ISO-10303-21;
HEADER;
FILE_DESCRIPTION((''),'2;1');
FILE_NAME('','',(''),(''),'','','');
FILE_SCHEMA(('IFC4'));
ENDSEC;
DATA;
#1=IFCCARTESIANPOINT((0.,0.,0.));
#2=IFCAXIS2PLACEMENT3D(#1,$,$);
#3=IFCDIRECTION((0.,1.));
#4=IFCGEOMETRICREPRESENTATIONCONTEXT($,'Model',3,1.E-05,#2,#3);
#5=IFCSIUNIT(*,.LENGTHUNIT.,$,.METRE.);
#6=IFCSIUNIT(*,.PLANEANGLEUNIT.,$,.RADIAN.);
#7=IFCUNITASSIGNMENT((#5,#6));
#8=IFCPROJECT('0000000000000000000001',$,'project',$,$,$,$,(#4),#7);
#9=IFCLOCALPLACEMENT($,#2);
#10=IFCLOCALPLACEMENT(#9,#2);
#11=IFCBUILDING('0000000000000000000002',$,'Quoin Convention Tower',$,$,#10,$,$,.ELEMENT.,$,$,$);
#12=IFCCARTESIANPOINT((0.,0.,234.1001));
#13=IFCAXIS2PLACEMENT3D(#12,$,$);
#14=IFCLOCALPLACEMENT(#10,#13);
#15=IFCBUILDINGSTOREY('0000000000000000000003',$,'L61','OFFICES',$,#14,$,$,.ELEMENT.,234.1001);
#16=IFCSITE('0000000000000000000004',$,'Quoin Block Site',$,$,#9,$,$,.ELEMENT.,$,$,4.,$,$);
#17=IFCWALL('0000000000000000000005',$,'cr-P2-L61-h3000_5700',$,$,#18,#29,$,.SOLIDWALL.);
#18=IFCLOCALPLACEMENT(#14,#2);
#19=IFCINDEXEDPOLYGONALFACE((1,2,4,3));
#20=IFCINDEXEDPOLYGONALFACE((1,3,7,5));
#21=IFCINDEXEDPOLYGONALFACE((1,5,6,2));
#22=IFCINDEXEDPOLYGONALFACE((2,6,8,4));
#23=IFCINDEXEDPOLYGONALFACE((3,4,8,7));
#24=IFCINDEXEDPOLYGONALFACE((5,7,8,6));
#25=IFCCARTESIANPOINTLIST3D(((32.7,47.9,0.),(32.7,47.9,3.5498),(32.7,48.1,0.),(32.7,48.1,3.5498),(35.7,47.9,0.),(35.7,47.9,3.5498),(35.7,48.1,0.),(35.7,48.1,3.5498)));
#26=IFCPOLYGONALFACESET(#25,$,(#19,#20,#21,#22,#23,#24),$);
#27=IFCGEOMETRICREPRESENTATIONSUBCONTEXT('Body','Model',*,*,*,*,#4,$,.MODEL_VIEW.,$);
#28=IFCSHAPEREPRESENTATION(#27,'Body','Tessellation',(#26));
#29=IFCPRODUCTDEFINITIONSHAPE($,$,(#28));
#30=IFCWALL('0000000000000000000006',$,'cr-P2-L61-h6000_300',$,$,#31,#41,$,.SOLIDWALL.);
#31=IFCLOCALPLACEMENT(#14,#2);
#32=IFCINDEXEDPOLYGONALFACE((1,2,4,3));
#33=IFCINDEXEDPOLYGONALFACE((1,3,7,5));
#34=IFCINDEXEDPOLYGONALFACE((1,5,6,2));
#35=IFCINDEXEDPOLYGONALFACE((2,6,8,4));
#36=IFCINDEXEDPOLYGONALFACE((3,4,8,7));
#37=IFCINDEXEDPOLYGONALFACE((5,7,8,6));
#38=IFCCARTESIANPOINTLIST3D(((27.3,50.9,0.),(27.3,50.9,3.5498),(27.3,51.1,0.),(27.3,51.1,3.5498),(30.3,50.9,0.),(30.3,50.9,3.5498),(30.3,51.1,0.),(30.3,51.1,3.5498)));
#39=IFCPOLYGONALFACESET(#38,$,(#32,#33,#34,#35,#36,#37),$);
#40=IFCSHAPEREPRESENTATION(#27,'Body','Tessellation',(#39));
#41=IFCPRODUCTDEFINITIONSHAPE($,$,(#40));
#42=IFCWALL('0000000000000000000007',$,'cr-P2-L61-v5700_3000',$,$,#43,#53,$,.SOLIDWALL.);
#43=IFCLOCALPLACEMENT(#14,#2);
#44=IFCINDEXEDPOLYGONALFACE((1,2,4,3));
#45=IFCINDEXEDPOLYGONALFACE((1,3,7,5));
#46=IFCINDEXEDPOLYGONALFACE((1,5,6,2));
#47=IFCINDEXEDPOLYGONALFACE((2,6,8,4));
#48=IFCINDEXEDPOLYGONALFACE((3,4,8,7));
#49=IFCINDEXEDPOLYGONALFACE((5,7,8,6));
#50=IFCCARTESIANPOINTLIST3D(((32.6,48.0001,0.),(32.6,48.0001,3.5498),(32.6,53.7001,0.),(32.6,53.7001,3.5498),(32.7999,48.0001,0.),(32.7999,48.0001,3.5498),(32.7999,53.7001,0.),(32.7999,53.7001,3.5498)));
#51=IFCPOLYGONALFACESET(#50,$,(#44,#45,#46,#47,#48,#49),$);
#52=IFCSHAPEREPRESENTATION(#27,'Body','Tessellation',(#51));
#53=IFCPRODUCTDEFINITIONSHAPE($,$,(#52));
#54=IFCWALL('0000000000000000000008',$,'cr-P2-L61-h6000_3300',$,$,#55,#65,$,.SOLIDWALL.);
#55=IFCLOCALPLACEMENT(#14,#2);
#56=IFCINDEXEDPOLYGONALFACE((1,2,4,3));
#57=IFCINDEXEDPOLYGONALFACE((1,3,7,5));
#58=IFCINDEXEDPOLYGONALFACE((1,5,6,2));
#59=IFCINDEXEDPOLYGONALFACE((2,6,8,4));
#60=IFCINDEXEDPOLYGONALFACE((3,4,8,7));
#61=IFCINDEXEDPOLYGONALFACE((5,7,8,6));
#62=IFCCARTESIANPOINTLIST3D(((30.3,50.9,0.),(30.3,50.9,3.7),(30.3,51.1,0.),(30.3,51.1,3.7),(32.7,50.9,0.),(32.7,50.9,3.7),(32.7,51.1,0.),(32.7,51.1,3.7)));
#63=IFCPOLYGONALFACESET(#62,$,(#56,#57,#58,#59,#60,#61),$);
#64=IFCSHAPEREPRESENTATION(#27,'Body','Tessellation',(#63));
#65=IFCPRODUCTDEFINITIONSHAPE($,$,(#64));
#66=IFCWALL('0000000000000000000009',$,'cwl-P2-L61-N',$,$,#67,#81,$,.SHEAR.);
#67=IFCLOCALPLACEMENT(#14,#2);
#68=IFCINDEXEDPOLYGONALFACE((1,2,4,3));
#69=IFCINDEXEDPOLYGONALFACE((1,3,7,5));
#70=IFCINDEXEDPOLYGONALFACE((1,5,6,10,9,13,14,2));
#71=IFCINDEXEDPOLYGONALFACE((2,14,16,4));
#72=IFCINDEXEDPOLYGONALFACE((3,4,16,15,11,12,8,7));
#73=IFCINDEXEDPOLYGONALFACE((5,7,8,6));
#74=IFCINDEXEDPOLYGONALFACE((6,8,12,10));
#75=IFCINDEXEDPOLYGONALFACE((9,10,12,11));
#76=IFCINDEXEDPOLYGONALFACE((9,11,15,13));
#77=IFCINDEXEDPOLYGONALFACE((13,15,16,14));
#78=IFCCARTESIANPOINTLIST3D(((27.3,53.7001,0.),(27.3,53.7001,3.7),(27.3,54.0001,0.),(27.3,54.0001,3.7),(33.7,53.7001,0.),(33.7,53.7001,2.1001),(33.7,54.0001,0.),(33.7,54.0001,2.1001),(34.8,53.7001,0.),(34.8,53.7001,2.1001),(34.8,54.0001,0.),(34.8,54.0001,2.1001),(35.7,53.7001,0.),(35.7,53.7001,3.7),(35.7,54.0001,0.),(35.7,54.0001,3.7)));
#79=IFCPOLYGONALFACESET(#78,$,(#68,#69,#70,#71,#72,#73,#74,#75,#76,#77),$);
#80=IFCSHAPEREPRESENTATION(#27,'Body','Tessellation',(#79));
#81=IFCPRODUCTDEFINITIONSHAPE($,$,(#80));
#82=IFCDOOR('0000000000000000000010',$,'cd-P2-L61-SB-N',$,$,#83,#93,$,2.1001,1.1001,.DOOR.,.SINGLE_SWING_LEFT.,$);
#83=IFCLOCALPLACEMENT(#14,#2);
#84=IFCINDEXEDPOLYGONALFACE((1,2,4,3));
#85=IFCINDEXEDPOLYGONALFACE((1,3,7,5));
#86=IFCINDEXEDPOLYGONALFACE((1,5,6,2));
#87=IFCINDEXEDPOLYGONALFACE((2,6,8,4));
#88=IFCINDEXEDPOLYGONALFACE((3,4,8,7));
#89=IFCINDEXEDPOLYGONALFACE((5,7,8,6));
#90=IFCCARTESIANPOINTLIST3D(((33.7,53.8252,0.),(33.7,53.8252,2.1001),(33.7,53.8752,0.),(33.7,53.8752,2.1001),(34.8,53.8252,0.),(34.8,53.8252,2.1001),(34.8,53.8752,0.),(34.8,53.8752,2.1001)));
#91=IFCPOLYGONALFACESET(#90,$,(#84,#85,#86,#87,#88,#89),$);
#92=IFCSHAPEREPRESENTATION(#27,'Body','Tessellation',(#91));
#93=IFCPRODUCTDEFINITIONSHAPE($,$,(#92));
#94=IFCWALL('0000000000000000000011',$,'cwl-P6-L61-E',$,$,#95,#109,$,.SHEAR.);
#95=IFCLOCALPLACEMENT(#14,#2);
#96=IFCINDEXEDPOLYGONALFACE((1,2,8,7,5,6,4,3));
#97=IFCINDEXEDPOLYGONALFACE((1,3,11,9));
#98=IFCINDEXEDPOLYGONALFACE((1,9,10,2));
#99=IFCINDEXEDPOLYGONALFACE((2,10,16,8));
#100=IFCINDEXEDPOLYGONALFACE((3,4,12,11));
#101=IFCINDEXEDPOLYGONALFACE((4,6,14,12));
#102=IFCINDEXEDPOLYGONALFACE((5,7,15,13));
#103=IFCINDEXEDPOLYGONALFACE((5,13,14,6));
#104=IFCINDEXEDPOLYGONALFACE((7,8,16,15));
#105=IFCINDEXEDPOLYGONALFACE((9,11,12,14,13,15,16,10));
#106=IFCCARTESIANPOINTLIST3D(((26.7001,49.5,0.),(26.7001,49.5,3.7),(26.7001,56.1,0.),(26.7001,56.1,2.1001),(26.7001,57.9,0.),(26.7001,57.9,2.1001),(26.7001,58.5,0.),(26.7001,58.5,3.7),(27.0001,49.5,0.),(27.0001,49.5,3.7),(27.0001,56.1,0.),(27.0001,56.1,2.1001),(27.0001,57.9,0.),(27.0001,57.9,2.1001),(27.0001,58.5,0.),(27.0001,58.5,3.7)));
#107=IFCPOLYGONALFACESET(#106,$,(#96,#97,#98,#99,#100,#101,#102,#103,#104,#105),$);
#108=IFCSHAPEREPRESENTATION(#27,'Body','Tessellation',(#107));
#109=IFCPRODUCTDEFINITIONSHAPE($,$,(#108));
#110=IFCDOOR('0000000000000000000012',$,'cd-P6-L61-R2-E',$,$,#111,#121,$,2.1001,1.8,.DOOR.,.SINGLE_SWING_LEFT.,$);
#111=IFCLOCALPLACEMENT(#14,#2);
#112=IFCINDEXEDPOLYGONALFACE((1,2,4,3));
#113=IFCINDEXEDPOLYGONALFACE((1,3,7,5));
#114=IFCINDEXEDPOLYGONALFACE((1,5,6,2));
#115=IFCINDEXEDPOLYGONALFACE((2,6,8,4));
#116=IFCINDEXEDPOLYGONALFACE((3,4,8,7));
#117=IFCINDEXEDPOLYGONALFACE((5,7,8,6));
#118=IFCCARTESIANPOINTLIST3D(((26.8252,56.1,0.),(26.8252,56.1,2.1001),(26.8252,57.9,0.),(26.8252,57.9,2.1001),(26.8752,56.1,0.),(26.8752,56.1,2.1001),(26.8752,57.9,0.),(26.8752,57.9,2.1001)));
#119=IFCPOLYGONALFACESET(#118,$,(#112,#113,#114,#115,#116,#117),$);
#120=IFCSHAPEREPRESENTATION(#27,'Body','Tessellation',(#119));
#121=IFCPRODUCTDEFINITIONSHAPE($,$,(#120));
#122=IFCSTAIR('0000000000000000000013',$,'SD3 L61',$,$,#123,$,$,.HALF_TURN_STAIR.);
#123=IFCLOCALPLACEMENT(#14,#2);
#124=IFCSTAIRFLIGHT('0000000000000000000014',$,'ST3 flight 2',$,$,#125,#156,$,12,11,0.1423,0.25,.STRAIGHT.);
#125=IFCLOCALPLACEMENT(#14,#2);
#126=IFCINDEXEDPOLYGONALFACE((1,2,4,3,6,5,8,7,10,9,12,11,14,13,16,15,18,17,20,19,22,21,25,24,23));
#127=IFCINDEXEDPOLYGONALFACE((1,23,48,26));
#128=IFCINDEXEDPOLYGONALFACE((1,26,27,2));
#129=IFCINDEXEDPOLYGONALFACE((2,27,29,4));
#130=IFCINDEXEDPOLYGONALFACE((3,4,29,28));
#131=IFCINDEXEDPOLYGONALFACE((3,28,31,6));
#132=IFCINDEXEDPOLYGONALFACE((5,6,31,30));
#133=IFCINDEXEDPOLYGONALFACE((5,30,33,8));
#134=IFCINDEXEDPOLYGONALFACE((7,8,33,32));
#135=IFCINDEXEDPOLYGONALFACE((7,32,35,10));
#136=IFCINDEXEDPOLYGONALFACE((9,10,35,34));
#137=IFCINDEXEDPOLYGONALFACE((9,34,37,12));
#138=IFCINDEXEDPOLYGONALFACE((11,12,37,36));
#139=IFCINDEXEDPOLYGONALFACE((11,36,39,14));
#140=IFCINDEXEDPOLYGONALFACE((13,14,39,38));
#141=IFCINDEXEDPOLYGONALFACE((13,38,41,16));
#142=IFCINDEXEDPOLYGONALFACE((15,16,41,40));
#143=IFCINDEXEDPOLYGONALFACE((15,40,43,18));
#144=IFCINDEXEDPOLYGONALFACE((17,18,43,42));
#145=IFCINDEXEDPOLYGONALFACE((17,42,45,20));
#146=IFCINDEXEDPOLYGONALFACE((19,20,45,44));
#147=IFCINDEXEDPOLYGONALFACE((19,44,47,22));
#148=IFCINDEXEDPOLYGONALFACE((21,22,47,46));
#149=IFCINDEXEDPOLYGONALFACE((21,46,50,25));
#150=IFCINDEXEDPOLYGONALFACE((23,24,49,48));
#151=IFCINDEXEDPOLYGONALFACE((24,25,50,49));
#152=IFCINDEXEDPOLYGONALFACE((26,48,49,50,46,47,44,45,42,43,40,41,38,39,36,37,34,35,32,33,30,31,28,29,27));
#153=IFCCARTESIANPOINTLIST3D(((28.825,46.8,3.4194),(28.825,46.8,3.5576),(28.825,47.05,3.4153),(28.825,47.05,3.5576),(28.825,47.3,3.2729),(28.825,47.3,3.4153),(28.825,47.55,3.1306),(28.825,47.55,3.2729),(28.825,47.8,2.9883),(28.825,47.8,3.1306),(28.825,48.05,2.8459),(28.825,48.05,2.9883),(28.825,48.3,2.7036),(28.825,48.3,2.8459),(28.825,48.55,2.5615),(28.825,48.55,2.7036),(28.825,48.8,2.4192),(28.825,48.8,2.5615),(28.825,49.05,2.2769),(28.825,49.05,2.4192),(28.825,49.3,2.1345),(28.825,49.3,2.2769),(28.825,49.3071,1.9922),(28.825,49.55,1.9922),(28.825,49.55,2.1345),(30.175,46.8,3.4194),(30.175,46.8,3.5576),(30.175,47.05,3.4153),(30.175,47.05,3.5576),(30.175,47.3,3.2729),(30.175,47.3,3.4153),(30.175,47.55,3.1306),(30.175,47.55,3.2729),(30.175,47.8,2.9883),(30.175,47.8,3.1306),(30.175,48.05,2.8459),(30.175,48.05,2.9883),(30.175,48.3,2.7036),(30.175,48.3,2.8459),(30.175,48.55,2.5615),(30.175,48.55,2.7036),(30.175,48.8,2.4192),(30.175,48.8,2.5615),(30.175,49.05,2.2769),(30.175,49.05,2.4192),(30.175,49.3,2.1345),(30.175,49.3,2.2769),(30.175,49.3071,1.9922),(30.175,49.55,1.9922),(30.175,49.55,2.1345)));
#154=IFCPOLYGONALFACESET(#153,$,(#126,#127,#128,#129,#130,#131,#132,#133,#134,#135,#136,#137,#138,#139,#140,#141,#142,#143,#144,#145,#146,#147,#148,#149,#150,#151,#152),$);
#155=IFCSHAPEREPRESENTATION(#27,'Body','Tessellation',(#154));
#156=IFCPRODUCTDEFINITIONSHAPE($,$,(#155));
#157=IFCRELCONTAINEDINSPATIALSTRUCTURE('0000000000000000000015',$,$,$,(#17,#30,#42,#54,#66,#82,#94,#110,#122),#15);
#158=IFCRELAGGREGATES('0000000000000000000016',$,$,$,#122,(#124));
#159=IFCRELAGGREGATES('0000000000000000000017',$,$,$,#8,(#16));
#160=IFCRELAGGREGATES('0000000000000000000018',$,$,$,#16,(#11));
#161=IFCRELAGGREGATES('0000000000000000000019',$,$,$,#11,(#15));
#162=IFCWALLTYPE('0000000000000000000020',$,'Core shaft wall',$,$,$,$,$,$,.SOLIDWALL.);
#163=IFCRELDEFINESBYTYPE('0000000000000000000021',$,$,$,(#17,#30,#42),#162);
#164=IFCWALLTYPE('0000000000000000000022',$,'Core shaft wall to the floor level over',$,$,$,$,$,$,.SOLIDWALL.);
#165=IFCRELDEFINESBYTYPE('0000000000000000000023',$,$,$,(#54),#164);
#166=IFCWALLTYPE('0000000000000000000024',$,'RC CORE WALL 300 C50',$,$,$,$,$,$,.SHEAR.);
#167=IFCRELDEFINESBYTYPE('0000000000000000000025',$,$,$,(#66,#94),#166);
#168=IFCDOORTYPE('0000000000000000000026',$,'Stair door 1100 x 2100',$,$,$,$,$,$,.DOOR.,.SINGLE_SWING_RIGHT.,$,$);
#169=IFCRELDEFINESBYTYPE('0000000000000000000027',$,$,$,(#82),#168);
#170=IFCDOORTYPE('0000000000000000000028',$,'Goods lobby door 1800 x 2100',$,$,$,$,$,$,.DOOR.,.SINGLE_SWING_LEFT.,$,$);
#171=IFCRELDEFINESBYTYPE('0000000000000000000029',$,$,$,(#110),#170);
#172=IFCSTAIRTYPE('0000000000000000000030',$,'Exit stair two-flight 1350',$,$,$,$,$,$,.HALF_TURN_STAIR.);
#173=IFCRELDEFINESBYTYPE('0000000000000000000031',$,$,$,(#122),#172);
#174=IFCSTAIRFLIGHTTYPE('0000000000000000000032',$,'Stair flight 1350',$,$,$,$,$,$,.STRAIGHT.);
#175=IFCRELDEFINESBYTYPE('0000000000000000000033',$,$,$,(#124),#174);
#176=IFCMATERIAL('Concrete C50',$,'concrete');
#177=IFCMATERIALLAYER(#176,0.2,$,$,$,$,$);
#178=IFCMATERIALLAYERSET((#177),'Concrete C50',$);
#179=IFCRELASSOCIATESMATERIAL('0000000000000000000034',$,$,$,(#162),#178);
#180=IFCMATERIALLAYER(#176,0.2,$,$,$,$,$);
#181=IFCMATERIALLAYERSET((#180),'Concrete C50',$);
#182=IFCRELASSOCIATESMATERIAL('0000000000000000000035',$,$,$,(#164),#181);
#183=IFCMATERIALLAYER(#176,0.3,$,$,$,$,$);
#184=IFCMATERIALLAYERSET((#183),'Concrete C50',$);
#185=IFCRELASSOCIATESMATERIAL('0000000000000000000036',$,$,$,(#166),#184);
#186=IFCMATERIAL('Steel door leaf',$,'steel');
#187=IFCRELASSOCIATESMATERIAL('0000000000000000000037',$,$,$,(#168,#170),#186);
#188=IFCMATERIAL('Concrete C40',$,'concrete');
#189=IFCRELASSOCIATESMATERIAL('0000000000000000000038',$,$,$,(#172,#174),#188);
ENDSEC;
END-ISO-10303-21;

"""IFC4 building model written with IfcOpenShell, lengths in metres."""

from ifc_helpers import new_model, si_unit, direction, frame, frame_2d, origin, place, context, subcontext, project, spatial, polyline, rectangle, outline, extrude, material, layer, layer_set, type_object, element, fill, aggregate, save


model = new_model("IFC4")

# Units and contexts
model_context = context("Model", 3, precision=1e-05, world=origin(), true_north=direction((0.0, 1.0)))
body_context = subcontext(model_context, "Body", "Model", "MODEL_VIEW")
ifc_project = project(units=[si_unit("LENGTHUNIT", "METRE"), si_unit("PLANEANGLEUNIT", "RADIAN")], contexts=[model_context])

# Site, building, storey
site_placement = place(None, origin())
site = spatial("IfcSite", under=ifc_project, at=site_placement, Name="Quoin Block Site", CompositionType="ELEMENT", RefElevation=4.0)
building_placement = place(site_placement, origin())
building = spatial("IfcBuilding", under=site, at=building_placement, Name="Quoin Convention Tower", CompositionType="ELEMENT")
storey_placement = place(building_placement, frame((0.0, 0.0, 234.1001)))
storey = spatial("IfcBuildingStorey", under=building, at=storey_placement, Name="L61", Description="OFFICES", CompositionType="ELEMENT", Elevation=234.1001)

# Shared definitions
ifc_material_1 = material(Name="Concrete C50", Category="concrete")

# Walls
ifc_layer_1 = layer(ifc_material_1, 0.2)
ifc_layer_set_1 = layer_set([ifc_layer_1], Name="Concrete C50")
wall_type_1 = type_object("IfcWallType", Name="Core shaft wall", PredefinedType="SOLIDWALL", material=ifc_layer_set_1)
for number, where, z_axis, x_axis, name in (
    (1, (32.7, 48.0, 0.0), (0.0, 0.0, 1.0), (1.0, 0.0, 0.0), "cr-P2-L61-h3000_5700"),
    (2, (27.3, 51.0, 0.0), (0.0, 0.0, 1.0), (1.0, 0.0, 0.0), "cr-P2-L61-h6000_300"),
):
    element("IfcWall", number, at=place(storey_placement, frame(where, z_axis=z_axis, x_axis=x_axis)), inside=storey, type_object=wall_type_1, Name=name, PredefinedType="SOLIDWALL", context=body_context, shape_type="SweptSolid", body=[
        extrude(rectangle(XDim=3.0, YDim=0.2, at=frame_2d((1.5, 0.0))), origin(), (0.0, 0.0, 1.0), 3.5498),
    ])
wall_1_placement = place(storey_placement, frame((32.7, 48.0, 0.0), z_axis=(0.0, 0.0, 1.0), x_axis=(0.0, 1.0, 0.0)))
element("IfcWall", 3, at=wall_1_placement, inside=storey, type_object=wall_type_1, Name="cr-P2-L61-v5700_3000", PredefinedType="SOLIDWALL", context=body_context, shape_type="SweptSolid", body=[
    extrude(rectangle(XDim=5.7, YDim=0.2, at=frame_2d((2.8501, 0.0))), origin(), (0.0, 0.0, 1.0), 3.5498),
])
ifc_layer_2 = layer(ifc_material_1, 0.2)
ifc_layer_set_2 = layer_set([ifc_layer_2], Name="Concrete C50")
wall_type_2 = type_object("IfcWallType", Name="Core shaft wall to the floor level over", PredefinedType="SOLIDWALL", material=ifc_layer_set_2)
wall_2_placement = place(storey_placement, frame((30.3, 51.0, 0.0), z_axis=(0.0, 0.0, 1.0), x_axis=(1.0, 0.0, 0.0)))
element("IfcWall", 4, at=wall_2_placement, inside=storey, type_object=wall_type_2, Name="cr-P2-L61-h6000_3300", PredefinedType="SOLIDWALL", context=body_context, shape_type="SweptSolid", body=[
    extrude(rectangle(XDim=2.3999, YDim=0.2, at=frame_2d((1.2, 0.0))), origin(), (0.0, 0.0, 1.0), 3.7),
])

# Walls, openings, doors
ifc_layer_3 = layer(ifc_material_1, 0.3)
ifc_layer_set_3 = layer_set([ifc_layer_3], Name="Concrete C50")
wall_type_3 = type_object("IfcWallType", Name="RC CORE WALL 300 C50", PredefinedType="SHEAR", material=ifc_layer_set_3)
wall_3_placement = place(storey_placement, frame((27.3, 53.8501, 0.0), z_axis=(0.0, 0.0, 1.0), x_axis=(1.0, 0.0, 0.0)))
wall_3 = element("IfcWall", 5, at=wall_3_placement, inside=storey, type_object=wall_type_3, Name="cwl-P2-L61-N", PredefinedType="SHEAR", context=body_context, shape_type="SweptSolid", body=[
    extrude(rectangle(XDim=8.3999, YDim=0.3, at=frame_2d((4.2, 0.0))), origin(), (0.0, 0.0, 1.0), 3.7),
])
opening_1_placement = place(wall_3_placement, frame((6.3999, 0.0, 0.0)))
opening_1 = element("IfcOpeningElement", 6, at=opening_1_placement, cuts=wall_3, PredefinedType="OPENING", context=body_context, shape_type="SweptSolid", body=[
    extrude(rectangle(XDim=1.1001, YDim=2.1001, at=frame_2d((0.55, 1.05))), frame((0.0, 0.1599, 0.0), z_axis=(0.0, -1.0, 0.0), x_axis=(1.0, 0.0, 0.0)), (0.0, 0.0, 1.0), 0.3201),
])
ifc_material_2 = material(Name="Steel door leaf", Category="steel")
door_type_1 = type_object("IfcDoorType", Name="Stair door 1100 x 2100", OperationType="SINGLE_SWING_RIGHT", PredefinedType="DOOR", material=ifc_material_2)
door_1_placement = place(opening_1_placement, frame((1.1001, 0.0, 0.0), z_axis=(0.0, 0.0, 1.0), x_axis=(-1.0, 0.0, 0.0)))
door_1 = element("IfcDoor", 7, at=door_1_placement, inside=storey, type_object=door_type_1, Name="cd-P2-L61-SB-N", OperationType="SINGLE_SWING_LEFT", OverallHeight=2.1001, OverallWidth=1.1001, PredefinedType="DOOR", context=body_context, shape_type="SweptSolid", body=[
    extrude(rectangle(XDim=1.1001, YDim=2.1001, at=frame_2d((0.55, 1.05))), frame((0.0, 0.0249, 0.0), z_axis=(0.0, -1.0, 0.0), x_axis=(1.0, 0.0, 0.0)), (0.0, 0.0, 1.0), 0.05),
])
fill(opening_1, door_1)
wall_4_placement = place(storey_placement, frame((26.8501, 49.5, 0.0), z_axis=(0.0, 0.0, 1.0), x_axis=(0.0, 1.0, 0.0)))
wall_4 = element("IfcWall", 8, at=wall_4_placement, inside=storey, type_object=wall_type_3, Name="cwl-P6-L61-E", PredefinedType="SHEAR", context=body_context, shape_type="SweptSolid", body=[
    extrude(rectangle(XDim=9.0, YDim=0.3, at=frame_2d((4.5, 0.0))), origin(), (0.0, 0.0, 1.0), 3.7),
])
opening_2_placement = place(wall_4_placement, frame((6.6001, 0.0, 0.0)))
opening_2 = element("IfcOpeningElement", 9, at=opening_2_placement, cuts=wall_4, PredefinedType="OPENING", context=body_context, shape_type="SweptSolid", body=[
    extrude(rectangle(XDim=1.8, YDim=2.1001, at=frame_2d((0.8999, 1.05))), frame((0.0, 0.1599, 0.0), z_axis=(0.0, -1.0, 0.0), x_axis=(1.0, 0.0, 0.0)), (0.0, 0.0, 1.0), 0.3201),
])
door_type_2 = type_object("IfcDoorType", Name="Goods lobby door 1800 x 2100", OperationType="SINGLE_SWING_LEFT", PredefinedType="DOOR", material=ifc_material_2)
door_2_placement = place(opening_2_placement, origin())
door_2 = element("IfcDoor", 10, at=door_2_placement, inside=storey, type_object=door_type_2, Name="cd-P6-L61-R2-E", OperationType="SINGLE_SWING_LEFT", OverallHeight=2.1001, OverallWidth=1.8, PredefinedType="DOOR", context=body_context, shape_type="SweptSolid", body=[
    extrude(rectangle(XDim=1.8, YDim=2.1001, at=frame_2d((0.8999, 1.05))), frame((0.0, 0.0249, 0.0), z_axis=(0.0, -1.0, 0.0), x_axis=(1.0, 0.0, 0.0)), (0.0, 0.0, 1.0), 0.05),
])
fill(opening_2, door_2)

# Stair, stair flight
ifc_material_3 = material(Name="Concrete C40", Category="concrete")
stair_type_1 = type_object("IfcStairType", Name="Exit stair two-flight 1350", PredefinedType="HALF_TURN_STAIR", material=ifc_material_3)
stair_1_placement = place(storey_placement, origin())
stair_1 = element("IfcStair", 11, at=stair_1_placement, inside=storey, type_object=stair_type_1, Name="SD3 L61", PredefinedType="HALF_TURN_STAIR")
stair_flight_type_1 = type_object("IfcStairFlightType", Name="Stair flight 1350", PredefinedType="STRAIGHT", material=ifc_material_3)
stair_flight_1_placement = place(storey_placement, frame((29.5, 49.55, 1.9922), z_axis=(0.0, 0.0, 1.0), x_axis=(0.0, -1.0, 0.0)))
stair_flight_1 = element("IfcStairFlight", 12, at=stair_flight_1_placement, type_object=stair_flight_type_1, Name="ST3 flight 2", NumberOfRisers=12, NumberOfTreads=11, PredefinedType="STRAIGHT", RiserHeight=0.1423, TreadLength=0.25, context=body_context, shape_type="SweptSolid", body=[
    extrude(outline(polyline([(0.0, 0.0), (0.0, 0.1423), (0.25, 0.1423), (0.25, 0.2847), (0.5, 0.2847), (0.5, 0.427), (0.75, 0.427), (0.75, 0.5693), (1.0, 0.5693), (1.0, 0.7114), (1.25, 0.7114), (1.25, 0.8538), (1.5, 0.8538), (1.5, 0.9961), (1.75, 0.9961), (1.75, 1.1384), (2.0, 1.1384), (2.0, 1.2808), (2.25, 1.2808), (2.25, 1.4231), (2.5, 1.4231), (2.5, 1.5654), (2.75, 1.5654), (2.75, 1.7078), (2.75, 1.4272), (0.2429, 0.0), (0.0, 0.0)])), frame((0.0, 0.675, 0.0), z_axis=(0.0, -1.0, 0.0), x_axis=(1.0, 0.0, 0.0)), (0.0, 0.0, 1.0), 1.3501),
])
aggregate(stair_1, [stair_flight_1])

save(model, "model.ifc")
